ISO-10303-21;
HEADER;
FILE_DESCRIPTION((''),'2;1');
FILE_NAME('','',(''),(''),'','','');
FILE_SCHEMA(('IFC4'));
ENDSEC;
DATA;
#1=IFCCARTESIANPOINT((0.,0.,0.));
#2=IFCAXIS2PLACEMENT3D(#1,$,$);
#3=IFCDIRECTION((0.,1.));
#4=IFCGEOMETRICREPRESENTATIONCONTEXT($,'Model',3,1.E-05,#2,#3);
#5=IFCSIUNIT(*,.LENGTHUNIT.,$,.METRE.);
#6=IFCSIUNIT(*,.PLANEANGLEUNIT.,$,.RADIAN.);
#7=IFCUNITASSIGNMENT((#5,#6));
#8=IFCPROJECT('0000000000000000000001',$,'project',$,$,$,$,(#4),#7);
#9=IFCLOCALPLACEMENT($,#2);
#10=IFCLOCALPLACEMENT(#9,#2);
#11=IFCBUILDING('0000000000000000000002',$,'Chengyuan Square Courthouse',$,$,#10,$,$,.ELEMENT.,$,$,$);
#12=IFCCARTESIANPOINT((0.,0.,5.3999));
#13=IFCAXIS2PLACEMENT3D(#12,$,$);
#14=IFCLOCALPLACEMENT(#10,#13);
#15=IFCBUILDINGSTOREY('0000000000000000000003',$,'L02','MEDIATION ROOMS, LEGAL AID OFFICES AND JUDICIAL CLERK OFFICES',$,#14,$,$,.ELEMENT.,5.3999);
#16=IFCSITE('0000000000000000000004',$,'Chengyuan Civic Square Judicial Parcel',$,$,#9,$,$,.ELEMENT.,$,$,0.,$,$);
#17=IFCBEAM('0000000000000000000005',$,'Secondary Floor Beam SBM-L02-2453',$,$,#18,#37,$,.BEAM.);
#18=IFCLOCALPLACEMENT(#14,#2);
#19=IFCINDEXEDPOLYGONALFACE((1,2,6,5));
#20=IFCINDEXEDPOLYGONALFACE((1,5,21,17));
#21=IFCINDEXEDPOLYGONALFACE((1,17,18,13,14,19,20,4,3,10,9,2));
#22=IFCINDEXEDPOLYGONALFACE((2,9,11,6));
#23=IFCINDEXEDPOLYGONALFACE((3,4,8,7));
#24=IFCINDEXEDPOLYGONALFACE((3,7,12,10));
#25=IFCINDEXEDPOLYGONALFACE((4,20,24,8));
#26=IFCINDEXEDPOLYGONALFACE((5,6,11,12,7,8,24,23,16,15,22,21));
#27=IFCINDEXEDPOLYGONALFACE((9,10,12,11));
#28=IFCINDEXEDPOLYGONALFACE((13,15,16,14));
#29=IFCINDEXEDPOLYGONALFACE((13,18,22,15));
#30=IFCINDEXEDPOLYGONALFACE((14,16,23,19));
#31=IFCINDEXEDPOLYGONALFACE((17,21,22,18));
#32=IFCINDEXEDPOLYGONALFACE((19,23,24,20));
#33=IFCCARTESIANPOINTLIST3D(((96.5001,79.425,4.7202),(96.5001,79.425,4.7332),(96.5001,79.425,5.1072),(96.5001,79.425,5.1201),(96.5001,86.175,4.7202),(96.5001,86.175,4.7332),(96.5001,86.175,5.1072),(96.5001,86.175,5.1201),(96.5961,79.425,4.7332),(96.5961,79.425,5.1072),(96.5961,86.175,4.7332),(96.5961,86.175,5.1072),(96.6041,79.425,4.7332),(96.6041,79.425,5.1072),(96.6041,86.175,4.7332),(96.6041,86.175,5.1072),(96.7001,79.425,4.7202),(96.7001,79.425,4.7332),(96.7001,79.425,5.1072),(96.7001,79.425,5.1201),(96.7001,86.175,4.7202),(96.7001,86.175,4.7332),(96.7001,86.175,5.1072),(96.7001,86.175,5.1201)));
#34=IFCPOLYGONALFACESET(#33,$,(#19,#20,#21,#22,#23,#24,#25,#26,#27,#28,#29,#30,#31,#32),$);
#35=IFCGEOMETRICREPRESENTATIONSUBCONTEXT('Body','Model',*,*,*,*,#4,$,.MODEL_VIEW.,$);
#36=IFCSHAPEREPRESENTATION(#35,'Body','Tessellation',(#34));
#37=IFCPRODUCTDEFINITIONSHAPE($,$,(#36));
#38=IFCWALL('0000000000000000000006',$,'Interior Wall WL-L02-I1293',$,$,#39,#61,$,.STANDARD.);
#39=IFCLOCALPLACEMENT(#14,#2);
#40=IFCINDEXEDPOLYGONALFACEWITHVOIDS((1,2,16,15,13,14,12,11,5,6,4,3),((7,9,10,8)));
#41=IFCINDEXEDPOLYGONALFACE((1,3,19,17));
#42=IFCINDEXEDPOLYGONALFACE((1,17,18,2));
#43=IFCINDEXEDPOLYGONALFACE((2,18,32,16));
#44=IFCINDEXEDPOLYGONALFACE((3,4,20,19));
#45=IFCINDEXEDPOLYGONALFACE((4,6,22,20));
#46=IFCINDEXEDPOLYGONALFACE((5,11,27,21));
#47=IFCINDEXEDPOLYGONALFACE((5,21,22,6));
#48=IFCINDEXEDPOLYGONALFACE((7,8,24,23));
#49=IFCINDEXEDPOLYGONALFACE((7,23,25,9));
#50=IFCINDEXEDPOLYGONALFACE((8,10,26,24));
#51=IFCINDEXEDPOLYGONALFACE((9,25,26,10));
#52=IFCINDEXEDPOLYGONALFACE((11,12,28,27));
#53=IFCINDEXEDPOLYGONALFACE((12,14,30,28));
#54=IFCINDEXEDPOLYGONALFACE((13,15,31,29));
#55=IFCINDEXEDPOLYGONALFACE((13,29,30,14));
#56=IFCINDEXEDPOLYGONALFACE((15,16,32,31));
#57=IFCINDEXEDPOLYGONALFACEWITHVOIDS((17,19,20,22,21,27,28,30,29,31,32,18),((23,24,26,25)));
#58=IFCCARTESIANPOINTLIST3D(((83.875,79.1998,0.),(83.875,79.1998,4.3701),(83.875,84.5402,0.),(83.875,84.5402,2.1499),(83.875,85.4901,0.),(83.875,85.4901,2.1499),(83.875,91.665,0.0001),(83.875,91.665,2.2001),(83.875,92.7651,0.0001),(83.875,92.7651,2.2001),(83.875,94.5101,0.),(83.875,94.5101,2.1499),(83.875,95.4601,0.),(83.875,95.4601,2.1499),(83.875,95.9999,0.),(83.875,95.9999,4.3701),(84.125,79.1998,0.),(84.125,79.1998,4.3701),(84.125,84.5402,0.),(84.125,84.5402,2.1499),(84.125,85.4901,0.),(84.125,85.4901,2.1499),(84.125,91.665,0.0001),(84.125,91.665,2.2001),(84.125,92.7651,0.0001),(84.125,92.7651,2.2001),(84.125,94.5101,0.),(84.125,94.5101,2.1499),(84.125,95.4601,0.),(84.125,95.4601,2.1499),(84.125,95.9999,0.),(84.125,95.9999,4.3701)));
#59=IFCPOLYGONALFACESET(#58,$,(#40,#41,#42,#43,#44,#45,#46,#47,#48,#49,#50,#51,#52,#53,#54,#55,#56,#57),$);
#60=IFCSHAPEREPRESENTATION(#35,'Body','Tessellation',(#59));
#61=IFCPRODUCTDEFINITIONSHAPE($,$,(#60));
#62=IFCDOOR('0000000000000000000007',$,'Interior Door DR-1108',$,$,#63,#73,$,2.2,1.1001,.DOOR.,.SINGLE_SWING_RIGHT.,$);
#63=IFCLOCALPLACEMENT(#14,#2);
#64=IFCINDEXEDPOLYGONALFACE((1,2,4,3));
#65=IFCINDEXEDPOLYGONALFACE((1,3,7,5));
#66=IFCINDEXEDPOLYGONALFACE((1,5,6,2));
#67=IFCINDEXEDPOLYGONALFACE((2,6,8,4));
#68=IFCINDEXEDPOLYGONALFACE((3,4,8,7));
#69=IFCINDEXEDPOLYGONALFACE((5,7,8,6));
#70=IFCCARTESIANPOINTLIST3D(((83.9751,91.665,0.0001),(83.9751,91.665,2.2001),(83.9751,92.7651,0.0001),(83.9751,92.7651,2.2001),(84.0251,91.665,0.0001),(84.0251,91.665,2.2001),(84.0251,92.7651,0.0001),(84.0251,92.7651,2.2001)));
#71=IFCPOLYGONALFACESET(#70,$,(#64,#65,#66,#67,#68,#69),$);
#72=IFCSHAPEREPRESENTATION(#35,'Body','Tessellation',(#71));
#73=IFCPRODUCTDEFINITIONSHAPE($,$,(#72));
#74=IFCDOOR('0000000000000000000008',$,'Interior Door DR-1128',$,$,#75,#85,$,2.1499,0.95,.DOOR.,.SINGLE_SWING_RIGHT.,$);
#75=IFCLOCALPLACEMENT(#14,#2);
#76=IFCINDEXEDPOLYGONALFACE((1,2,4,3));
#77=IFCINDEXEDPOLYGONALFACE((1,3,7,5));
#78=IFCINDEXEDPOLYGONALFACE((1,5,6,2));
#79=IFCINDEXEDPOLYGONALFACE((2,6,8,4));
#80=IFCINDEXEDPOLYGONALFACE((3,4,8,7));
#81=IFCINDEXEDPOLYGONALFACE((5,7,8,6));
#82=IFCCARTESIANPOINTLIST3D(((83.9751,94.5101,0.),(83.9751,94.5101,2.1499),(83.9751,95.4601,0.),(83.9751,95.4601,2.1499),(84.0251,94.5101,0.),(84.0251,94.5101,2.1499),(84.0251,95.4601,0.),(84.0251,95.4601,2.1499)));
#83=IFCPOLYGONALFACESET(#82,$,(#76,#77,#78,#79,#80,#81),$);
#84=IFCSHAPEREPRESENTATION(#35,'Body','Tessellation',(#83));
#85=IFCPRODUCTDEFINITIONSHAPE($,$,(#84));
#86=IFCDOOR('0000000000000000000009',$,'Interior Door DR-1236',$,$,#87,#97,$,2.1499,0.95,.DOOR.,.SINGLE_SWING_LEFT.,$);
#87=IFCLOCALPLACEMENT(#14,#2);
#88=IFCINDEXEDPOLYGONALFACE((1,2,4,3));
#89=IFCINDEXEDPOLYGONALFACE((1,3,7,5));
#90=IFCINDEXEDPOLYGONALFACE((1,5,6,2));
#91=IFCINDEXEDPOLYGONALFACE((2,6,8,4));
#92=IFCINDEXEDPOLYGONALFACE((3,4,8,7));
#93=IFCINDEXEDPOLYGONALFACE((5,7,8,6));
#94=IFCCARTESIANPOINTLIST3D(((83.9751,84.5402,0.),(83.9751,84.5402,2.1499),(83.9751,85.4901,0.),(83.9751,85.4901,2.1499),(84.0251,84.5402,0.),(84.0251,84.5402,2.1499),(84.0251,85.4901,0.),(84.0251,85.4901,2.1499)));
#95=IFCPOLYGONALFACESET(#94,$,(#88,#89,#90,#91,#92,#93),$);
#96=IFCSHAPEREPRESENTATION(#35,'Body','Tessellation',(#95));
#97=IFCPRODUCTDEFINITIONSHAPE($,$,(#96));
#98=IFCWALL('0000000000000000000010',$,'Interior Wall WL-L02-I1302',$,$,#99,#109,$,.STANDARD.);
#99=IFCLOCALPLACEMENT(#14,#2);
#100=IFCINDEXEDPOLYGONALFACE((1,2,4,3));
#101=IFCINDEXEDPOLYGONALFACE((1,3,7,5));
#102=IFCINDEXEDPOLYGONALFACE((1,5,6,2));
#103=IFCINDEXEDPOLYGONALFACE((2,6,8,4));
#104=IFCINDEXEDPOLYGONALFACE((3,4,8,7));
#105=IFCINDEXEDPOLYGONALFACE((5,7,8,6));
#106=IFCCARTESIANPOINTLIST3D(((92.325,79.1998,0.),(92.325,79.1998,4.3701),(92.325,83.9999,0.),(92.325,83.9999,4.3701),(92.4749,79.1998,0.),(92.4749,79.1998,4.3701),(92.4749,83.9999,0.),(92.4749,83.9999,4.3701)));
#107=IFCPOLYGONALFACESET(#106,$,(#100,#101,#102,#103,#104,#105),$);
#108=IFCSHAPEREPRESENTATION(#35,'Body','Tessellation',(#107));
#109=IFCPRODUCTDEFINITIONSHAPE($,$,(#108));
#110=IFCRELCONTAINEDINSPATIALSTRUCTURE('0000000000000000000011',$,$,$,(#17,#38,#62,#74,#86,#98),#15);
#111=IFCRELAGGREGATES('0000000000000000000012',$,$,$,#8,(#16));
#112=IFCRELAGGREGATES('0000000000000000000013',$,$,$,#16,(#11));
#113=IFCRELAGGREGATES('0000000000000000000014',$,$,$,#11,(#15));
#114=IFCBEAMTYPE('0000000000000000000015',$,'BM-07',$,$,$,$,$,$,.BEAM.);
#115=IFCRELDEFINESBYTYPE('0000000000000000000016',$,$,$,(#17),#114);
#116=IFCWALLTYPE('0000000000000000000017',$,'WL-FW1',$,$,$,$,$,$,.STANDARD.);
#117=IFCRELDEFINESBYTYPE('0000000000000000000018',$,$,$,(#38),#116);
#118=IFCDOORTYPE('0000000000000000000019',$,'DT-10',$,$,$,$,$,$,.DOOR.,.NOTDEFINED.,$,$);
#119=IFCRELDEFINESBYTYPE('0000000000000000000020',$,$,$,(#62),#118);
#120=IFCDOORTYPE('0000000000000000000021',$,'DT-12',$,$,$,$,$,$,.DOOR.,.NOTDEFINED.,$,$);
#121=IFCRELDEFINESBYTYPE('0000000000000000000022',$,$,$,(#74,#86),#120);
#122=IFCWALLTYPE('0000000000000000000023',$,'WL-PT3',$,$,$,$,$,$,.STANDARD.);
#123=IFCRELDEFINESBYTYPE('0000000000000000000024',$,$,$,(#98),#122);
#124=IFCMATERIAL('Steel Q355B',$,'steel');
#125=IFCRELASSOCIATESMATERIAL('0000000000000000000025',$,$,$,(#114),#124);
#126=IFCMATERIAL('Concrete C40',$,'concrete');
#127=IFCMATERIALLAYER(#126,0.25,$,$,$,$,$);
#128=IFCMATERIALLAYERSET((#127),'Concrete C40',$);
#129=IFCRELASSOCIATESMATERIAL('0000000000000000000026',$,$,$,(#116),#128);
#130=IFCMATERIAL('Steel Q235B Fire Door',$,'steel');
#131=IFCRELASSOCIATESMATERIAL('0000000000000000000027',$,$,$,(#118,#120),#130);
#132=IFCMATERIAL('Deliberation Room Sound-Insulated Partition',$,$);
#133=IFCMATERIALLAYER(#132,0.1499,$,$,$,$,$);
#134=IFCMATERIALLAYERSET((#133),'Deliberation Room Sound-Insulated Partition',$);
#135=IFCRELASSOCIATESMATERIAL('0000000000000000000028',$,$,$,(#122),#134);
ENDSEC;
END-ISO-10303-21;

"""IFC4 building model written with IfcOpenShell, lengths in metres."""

from ifc_helpers import new_model, si_unit, direction, frame, frame_2d, origin, origin_2d, place, context, subcontext, project, spatial, rectangle, i_section, extrude, material, layer, layer_set, material_profile, profile_set, type_object, element, fill, save


model = new_model("IFC4")

# Units and contexts
model_context = context("Model", 3, precision=1e-05, world=origin(), true_north=direction((0.0, 1.0)))
body_context = subcontext(model_context, "Body", "Model", "MODEL_VIEW")
ifc_project = project(units=[si_unit("LENGTHUNIT", "METRE"), si_unit("PLANEANGLEUNIT", "RADIAN")], contexts=[model_context])

# Site, building, storey
site_placement = place(None, origin())
site = spatial("IfcSite", under=ifc_project, at=site_placement, Name="Chengyuan Civic Square Judicial Parcel", CompositionType="ELEMENT", RefElevation=0.0)
building_placement = place(site_placement, origin())
building = spatial("IfcBuilding", under=site, at=building_placement, Name="Chengyuan Square Courthouse", CompositionType="ELEMENT")
storey_placement = place(building_placement, frame((0.0, 0.0, 5.3999)))
storey = spatial("IfcBuildingStorey", under=building, at=storey_placement, Name="L02", Description="MEDIATION ROOMS, LEGAL AID OFFICES AND JUDICIAL CLERK OFFICES", CompositionType="ELEMENT", Elevation=5.3999)

# Beam
ifc_material_1 = material(Name="Concrete C40", Category="concrete")
ifc_material_2 = material(Name="Steel Q355B", Category="steel")
ifc_material_profile_1 = material_profile(ifc_material_2, i_section(OverallWidth=0.2, OverallDepth=0.3999, WebThickness=0.0081, FlangeThickness=0.0129, at=origin_2d()), Name="HN 400x200x8x13")
ifc_profile_set_1 = profile_set([ifc_material_profile_1], Name="Steel Q355B")
beam_type_1 = type_object("IfcBeamType", Name="BM-07", PredefinedType="BEAM", material=ifc_profile_set_1)
beam_1_placement = place(storey_placement, frame((96.6001, 79.425, 4.9202), z_axis=(0.0, 1.0, 0.0), x_axis=(-1.0, 0.0, 0.0)))
element("IfcBeam", 1, at=beam_1_placement, inside=storey, type_object=beam_type_1, Name="Secondary Floor Beam SBM-L02-2453", PredefinedType="BEAM", context=body_context, shape_type="SweptSolid", body=[
    extrude(i_section(OverallWidth=0.2, OverallDepth=0.3999, WebThickness=0.0081, FlangeThickness=0.0129, at=origin_2d()), origin(), (0.0, 0.0, 1.0), 6.75),
])

# Wall, openings, doors
ifc_layer_1 = layer(ifc_material_1, 0.25)
ifc_layer_set_1 = layer_set([ifc_layer_1], Name="Concrete C40")
wall_type_1 = type_object("IfcWallType", Name="WL-FW1", PredefinedType="STANDARD", material=ifc_layer_set_1)
wall_1_placement = place(storey_placement, frame((84.0, 79.2, 0.0), z_axis=(0.0, 0.0, 1.0), x_axis=(0.0, 1.0, 0.0)))
wall_1 = element("IfcWall", 2, at=wall_1_placement, inside=storey, type_object=wall_type_1, Name="Interior Wall WL-L02-I1293", PredefinedType="STANDARD", context=body_context, shape_type="SweptSolid", body=[
    extrude(rectangle(XDim=16.8, YDim=0.25, at=frame_2d((8.3999, 0.0))), origin(), (0.0, 0.0, 1.0), 4.3701),
])
opening_1_placement = place(wall_1_placement, frame((12.4651, 0.0, 0.0)))
opening_1 = element("IfcOpeningElement", 3, at=opening_1_placement, cuts=wall_1, PredefinedType="OPENING", context=body_context, shape_type="SweptSolid", body=[
    extrude(rectangle(XDim=1.1001, YDim=2.2, at=frame_2d((0.55, 1.1001))), frame((0.0, 0.137, 0.0), z_axis=(0.0, -1.0, 0.0), x_axis=(1.0, 0.0, 0.0)), (0.0, 0.0, 1.0), 0.2739),
])
opening_2_placement = place(wall_1_placement, frame((15.3101, 0.0, 0.0)))
opening_2 = element("IfcOpeningElement", 4, at=opening_2_placement, cuts=wall_1, PredefinedType="OPENING", context=body_context, shape_type="SweptSolid", body=[
    extrude(rectangle(XDim=0.95, YDim=2.1499, at=frame_2d((0.4751, 1.075))), frame((0.0, 0.137, 0.0), z_axis=(0.0, -1.0, 0.0), x_axis=(1.0, 0.0, 0.0)), (0.0, 0.0, 1.0), 0.2739),
])
opening_3_placement = place(wall_1_placement, frame((5.3401, 0.0, 0.0)))
opening_3 = element("IfcOpeningElement", 5, at=opening_3_placement, cuts=wall_1, PredefinedType="OPENING", context=body_context, shape_type="SweptSolid", body=[
    extrude(rectangle(XDim=0.95, YDim=2.1499, at=frame_2d((0.4751, 1.075))), frame((0.0, 0.137, 0.0), z_axis=(0.0, -1.0, 0.0), x_axis=(1.0, 0.0, 0.0)), (0.0, 0.0, 1.0), 0.2739),
])
ifc_material_3 = material(Name="Steel Q235B Fire Door", Category="steel")
door_type_1 = type_object("IfcDoorType", Name="DT-10", OperationType="NOTDEFINED", PredefinedType="DOOR", material=ifc_material_3)
door_1_placement = place(opening_1_placement, origin())
door_1 = element("IfcDoor", 6, at=door_1_placement, inside=storey, type_object=door_type_1, Name="Interior Door DR-1108", OperationType="SINGLE_SWING_RIGHT", OverallHeight=2.2, OverallWidth=1.1001, PredefinedType="DOOR", context=body_context, shape_type="SweptSolid", body=[
    extrude(rectangle(XDim=1.1001, YDim=2.2, at=frame_2d((0.55, 1.1001))), frame((0.0, 0.0249, 0.0), z_axis=(0.0, -1.0, 0.0), x_axis=(1.0, 0.0, 0.0)), (0.0, 0.0, 1.0), 0.05),
])
fill(opening_1, door_1)
door_type_2 = type_object("IfcDoorType", Name="DT-12", OperationType="NOTDEFINED", PredefinedType="DOOR", material=ifc_material_3)
door_2_placement = place(opening_2_placement, origin())
door_2 = element("IfcDoor", 7, at=door_2_placement, inside=storey, type_object=door_type_2, Name="Interior Door DR-1128", OperationType="SINGLE_SWING_RIGHT", OverallHeight=2.1499, OverallWidth=0.95, PredefinedType="DOOR", context=body_context, shape_type="SweptSolid", body=[
    extrude(rectangle(XDim=0.95, YDim=2.1499, at=frame_2d((0.4751, 1.075))), frame((0.0, 0.0249, 0.0), z_axis=(0.0, -1.0, 0.0), x_axis=(1.0, 0.0, 0.0)), (0.0, 0.0, 1.0), 0.05),
])
fill(opening_2, door_2)
door_3_placement = place(opening_3_placement, origin())
door_3 = element("IfcDoor", 8, at=door_3_placement, inside=storey, type_object=door_type_2, Name="Interior Door DR-1236", OperationType="SINGLE_SWING_LEFT", OverallHeight=2.1499, OverallWidth=0.95, PredefinedType="DOOR", context=body_context, shape_type="SweptSolid", body=[
    extrude(rectangle(XDim=0.95, YDim=2.1499, at=frame_2d((0.4751, 1.075))), frame((0.0, 0.0249, 0.0), z_axis=(0.0, -1.0, 0.0), x_axis=(1.0, 0.0, 0.0)), (0.0, 0.0, 1.0), 0.05),
])
fill(opening_3, door_3)

# Wall
ifc_material_4 = material(Name="Deliberation Room Sound-Insulated Partition")
ifc_layer_2 = layer(ifc_material_4, 0.1499)
ifc_layer_set_2 = layer_set([ifc_layer_2], Name="Deliberation Room Sound-Insulated Partition")
wall_type_2 = type_object("IfcWallType", Name="WL-PT3", PredefinedType="STANDARD", material=ifc_layer_set_2)
wall_2_placement = place(storey_placement, frame((92.3999, 79.2, 0.0), z_axis=(0.0, 0.0, 1.0), x_axis=(0.0, 1.0, 0.0)))
element("IfcWall", 9, at=wall_2_placement, inside=storey, type_object=wall_type_2, Name="Interior Wall WL-L02-I1302", PredefinedType="STANDARD", context=body_context, shape_type="SweptSolid", body=[
    extrude(rectangle(XDim=4.8, YDim=0.1499, at=frame_2d((2.3999, 0.0))), origin(), (0.0, 0.0, 1.0), 4.3701),
])

save(model, "model.ifc")
